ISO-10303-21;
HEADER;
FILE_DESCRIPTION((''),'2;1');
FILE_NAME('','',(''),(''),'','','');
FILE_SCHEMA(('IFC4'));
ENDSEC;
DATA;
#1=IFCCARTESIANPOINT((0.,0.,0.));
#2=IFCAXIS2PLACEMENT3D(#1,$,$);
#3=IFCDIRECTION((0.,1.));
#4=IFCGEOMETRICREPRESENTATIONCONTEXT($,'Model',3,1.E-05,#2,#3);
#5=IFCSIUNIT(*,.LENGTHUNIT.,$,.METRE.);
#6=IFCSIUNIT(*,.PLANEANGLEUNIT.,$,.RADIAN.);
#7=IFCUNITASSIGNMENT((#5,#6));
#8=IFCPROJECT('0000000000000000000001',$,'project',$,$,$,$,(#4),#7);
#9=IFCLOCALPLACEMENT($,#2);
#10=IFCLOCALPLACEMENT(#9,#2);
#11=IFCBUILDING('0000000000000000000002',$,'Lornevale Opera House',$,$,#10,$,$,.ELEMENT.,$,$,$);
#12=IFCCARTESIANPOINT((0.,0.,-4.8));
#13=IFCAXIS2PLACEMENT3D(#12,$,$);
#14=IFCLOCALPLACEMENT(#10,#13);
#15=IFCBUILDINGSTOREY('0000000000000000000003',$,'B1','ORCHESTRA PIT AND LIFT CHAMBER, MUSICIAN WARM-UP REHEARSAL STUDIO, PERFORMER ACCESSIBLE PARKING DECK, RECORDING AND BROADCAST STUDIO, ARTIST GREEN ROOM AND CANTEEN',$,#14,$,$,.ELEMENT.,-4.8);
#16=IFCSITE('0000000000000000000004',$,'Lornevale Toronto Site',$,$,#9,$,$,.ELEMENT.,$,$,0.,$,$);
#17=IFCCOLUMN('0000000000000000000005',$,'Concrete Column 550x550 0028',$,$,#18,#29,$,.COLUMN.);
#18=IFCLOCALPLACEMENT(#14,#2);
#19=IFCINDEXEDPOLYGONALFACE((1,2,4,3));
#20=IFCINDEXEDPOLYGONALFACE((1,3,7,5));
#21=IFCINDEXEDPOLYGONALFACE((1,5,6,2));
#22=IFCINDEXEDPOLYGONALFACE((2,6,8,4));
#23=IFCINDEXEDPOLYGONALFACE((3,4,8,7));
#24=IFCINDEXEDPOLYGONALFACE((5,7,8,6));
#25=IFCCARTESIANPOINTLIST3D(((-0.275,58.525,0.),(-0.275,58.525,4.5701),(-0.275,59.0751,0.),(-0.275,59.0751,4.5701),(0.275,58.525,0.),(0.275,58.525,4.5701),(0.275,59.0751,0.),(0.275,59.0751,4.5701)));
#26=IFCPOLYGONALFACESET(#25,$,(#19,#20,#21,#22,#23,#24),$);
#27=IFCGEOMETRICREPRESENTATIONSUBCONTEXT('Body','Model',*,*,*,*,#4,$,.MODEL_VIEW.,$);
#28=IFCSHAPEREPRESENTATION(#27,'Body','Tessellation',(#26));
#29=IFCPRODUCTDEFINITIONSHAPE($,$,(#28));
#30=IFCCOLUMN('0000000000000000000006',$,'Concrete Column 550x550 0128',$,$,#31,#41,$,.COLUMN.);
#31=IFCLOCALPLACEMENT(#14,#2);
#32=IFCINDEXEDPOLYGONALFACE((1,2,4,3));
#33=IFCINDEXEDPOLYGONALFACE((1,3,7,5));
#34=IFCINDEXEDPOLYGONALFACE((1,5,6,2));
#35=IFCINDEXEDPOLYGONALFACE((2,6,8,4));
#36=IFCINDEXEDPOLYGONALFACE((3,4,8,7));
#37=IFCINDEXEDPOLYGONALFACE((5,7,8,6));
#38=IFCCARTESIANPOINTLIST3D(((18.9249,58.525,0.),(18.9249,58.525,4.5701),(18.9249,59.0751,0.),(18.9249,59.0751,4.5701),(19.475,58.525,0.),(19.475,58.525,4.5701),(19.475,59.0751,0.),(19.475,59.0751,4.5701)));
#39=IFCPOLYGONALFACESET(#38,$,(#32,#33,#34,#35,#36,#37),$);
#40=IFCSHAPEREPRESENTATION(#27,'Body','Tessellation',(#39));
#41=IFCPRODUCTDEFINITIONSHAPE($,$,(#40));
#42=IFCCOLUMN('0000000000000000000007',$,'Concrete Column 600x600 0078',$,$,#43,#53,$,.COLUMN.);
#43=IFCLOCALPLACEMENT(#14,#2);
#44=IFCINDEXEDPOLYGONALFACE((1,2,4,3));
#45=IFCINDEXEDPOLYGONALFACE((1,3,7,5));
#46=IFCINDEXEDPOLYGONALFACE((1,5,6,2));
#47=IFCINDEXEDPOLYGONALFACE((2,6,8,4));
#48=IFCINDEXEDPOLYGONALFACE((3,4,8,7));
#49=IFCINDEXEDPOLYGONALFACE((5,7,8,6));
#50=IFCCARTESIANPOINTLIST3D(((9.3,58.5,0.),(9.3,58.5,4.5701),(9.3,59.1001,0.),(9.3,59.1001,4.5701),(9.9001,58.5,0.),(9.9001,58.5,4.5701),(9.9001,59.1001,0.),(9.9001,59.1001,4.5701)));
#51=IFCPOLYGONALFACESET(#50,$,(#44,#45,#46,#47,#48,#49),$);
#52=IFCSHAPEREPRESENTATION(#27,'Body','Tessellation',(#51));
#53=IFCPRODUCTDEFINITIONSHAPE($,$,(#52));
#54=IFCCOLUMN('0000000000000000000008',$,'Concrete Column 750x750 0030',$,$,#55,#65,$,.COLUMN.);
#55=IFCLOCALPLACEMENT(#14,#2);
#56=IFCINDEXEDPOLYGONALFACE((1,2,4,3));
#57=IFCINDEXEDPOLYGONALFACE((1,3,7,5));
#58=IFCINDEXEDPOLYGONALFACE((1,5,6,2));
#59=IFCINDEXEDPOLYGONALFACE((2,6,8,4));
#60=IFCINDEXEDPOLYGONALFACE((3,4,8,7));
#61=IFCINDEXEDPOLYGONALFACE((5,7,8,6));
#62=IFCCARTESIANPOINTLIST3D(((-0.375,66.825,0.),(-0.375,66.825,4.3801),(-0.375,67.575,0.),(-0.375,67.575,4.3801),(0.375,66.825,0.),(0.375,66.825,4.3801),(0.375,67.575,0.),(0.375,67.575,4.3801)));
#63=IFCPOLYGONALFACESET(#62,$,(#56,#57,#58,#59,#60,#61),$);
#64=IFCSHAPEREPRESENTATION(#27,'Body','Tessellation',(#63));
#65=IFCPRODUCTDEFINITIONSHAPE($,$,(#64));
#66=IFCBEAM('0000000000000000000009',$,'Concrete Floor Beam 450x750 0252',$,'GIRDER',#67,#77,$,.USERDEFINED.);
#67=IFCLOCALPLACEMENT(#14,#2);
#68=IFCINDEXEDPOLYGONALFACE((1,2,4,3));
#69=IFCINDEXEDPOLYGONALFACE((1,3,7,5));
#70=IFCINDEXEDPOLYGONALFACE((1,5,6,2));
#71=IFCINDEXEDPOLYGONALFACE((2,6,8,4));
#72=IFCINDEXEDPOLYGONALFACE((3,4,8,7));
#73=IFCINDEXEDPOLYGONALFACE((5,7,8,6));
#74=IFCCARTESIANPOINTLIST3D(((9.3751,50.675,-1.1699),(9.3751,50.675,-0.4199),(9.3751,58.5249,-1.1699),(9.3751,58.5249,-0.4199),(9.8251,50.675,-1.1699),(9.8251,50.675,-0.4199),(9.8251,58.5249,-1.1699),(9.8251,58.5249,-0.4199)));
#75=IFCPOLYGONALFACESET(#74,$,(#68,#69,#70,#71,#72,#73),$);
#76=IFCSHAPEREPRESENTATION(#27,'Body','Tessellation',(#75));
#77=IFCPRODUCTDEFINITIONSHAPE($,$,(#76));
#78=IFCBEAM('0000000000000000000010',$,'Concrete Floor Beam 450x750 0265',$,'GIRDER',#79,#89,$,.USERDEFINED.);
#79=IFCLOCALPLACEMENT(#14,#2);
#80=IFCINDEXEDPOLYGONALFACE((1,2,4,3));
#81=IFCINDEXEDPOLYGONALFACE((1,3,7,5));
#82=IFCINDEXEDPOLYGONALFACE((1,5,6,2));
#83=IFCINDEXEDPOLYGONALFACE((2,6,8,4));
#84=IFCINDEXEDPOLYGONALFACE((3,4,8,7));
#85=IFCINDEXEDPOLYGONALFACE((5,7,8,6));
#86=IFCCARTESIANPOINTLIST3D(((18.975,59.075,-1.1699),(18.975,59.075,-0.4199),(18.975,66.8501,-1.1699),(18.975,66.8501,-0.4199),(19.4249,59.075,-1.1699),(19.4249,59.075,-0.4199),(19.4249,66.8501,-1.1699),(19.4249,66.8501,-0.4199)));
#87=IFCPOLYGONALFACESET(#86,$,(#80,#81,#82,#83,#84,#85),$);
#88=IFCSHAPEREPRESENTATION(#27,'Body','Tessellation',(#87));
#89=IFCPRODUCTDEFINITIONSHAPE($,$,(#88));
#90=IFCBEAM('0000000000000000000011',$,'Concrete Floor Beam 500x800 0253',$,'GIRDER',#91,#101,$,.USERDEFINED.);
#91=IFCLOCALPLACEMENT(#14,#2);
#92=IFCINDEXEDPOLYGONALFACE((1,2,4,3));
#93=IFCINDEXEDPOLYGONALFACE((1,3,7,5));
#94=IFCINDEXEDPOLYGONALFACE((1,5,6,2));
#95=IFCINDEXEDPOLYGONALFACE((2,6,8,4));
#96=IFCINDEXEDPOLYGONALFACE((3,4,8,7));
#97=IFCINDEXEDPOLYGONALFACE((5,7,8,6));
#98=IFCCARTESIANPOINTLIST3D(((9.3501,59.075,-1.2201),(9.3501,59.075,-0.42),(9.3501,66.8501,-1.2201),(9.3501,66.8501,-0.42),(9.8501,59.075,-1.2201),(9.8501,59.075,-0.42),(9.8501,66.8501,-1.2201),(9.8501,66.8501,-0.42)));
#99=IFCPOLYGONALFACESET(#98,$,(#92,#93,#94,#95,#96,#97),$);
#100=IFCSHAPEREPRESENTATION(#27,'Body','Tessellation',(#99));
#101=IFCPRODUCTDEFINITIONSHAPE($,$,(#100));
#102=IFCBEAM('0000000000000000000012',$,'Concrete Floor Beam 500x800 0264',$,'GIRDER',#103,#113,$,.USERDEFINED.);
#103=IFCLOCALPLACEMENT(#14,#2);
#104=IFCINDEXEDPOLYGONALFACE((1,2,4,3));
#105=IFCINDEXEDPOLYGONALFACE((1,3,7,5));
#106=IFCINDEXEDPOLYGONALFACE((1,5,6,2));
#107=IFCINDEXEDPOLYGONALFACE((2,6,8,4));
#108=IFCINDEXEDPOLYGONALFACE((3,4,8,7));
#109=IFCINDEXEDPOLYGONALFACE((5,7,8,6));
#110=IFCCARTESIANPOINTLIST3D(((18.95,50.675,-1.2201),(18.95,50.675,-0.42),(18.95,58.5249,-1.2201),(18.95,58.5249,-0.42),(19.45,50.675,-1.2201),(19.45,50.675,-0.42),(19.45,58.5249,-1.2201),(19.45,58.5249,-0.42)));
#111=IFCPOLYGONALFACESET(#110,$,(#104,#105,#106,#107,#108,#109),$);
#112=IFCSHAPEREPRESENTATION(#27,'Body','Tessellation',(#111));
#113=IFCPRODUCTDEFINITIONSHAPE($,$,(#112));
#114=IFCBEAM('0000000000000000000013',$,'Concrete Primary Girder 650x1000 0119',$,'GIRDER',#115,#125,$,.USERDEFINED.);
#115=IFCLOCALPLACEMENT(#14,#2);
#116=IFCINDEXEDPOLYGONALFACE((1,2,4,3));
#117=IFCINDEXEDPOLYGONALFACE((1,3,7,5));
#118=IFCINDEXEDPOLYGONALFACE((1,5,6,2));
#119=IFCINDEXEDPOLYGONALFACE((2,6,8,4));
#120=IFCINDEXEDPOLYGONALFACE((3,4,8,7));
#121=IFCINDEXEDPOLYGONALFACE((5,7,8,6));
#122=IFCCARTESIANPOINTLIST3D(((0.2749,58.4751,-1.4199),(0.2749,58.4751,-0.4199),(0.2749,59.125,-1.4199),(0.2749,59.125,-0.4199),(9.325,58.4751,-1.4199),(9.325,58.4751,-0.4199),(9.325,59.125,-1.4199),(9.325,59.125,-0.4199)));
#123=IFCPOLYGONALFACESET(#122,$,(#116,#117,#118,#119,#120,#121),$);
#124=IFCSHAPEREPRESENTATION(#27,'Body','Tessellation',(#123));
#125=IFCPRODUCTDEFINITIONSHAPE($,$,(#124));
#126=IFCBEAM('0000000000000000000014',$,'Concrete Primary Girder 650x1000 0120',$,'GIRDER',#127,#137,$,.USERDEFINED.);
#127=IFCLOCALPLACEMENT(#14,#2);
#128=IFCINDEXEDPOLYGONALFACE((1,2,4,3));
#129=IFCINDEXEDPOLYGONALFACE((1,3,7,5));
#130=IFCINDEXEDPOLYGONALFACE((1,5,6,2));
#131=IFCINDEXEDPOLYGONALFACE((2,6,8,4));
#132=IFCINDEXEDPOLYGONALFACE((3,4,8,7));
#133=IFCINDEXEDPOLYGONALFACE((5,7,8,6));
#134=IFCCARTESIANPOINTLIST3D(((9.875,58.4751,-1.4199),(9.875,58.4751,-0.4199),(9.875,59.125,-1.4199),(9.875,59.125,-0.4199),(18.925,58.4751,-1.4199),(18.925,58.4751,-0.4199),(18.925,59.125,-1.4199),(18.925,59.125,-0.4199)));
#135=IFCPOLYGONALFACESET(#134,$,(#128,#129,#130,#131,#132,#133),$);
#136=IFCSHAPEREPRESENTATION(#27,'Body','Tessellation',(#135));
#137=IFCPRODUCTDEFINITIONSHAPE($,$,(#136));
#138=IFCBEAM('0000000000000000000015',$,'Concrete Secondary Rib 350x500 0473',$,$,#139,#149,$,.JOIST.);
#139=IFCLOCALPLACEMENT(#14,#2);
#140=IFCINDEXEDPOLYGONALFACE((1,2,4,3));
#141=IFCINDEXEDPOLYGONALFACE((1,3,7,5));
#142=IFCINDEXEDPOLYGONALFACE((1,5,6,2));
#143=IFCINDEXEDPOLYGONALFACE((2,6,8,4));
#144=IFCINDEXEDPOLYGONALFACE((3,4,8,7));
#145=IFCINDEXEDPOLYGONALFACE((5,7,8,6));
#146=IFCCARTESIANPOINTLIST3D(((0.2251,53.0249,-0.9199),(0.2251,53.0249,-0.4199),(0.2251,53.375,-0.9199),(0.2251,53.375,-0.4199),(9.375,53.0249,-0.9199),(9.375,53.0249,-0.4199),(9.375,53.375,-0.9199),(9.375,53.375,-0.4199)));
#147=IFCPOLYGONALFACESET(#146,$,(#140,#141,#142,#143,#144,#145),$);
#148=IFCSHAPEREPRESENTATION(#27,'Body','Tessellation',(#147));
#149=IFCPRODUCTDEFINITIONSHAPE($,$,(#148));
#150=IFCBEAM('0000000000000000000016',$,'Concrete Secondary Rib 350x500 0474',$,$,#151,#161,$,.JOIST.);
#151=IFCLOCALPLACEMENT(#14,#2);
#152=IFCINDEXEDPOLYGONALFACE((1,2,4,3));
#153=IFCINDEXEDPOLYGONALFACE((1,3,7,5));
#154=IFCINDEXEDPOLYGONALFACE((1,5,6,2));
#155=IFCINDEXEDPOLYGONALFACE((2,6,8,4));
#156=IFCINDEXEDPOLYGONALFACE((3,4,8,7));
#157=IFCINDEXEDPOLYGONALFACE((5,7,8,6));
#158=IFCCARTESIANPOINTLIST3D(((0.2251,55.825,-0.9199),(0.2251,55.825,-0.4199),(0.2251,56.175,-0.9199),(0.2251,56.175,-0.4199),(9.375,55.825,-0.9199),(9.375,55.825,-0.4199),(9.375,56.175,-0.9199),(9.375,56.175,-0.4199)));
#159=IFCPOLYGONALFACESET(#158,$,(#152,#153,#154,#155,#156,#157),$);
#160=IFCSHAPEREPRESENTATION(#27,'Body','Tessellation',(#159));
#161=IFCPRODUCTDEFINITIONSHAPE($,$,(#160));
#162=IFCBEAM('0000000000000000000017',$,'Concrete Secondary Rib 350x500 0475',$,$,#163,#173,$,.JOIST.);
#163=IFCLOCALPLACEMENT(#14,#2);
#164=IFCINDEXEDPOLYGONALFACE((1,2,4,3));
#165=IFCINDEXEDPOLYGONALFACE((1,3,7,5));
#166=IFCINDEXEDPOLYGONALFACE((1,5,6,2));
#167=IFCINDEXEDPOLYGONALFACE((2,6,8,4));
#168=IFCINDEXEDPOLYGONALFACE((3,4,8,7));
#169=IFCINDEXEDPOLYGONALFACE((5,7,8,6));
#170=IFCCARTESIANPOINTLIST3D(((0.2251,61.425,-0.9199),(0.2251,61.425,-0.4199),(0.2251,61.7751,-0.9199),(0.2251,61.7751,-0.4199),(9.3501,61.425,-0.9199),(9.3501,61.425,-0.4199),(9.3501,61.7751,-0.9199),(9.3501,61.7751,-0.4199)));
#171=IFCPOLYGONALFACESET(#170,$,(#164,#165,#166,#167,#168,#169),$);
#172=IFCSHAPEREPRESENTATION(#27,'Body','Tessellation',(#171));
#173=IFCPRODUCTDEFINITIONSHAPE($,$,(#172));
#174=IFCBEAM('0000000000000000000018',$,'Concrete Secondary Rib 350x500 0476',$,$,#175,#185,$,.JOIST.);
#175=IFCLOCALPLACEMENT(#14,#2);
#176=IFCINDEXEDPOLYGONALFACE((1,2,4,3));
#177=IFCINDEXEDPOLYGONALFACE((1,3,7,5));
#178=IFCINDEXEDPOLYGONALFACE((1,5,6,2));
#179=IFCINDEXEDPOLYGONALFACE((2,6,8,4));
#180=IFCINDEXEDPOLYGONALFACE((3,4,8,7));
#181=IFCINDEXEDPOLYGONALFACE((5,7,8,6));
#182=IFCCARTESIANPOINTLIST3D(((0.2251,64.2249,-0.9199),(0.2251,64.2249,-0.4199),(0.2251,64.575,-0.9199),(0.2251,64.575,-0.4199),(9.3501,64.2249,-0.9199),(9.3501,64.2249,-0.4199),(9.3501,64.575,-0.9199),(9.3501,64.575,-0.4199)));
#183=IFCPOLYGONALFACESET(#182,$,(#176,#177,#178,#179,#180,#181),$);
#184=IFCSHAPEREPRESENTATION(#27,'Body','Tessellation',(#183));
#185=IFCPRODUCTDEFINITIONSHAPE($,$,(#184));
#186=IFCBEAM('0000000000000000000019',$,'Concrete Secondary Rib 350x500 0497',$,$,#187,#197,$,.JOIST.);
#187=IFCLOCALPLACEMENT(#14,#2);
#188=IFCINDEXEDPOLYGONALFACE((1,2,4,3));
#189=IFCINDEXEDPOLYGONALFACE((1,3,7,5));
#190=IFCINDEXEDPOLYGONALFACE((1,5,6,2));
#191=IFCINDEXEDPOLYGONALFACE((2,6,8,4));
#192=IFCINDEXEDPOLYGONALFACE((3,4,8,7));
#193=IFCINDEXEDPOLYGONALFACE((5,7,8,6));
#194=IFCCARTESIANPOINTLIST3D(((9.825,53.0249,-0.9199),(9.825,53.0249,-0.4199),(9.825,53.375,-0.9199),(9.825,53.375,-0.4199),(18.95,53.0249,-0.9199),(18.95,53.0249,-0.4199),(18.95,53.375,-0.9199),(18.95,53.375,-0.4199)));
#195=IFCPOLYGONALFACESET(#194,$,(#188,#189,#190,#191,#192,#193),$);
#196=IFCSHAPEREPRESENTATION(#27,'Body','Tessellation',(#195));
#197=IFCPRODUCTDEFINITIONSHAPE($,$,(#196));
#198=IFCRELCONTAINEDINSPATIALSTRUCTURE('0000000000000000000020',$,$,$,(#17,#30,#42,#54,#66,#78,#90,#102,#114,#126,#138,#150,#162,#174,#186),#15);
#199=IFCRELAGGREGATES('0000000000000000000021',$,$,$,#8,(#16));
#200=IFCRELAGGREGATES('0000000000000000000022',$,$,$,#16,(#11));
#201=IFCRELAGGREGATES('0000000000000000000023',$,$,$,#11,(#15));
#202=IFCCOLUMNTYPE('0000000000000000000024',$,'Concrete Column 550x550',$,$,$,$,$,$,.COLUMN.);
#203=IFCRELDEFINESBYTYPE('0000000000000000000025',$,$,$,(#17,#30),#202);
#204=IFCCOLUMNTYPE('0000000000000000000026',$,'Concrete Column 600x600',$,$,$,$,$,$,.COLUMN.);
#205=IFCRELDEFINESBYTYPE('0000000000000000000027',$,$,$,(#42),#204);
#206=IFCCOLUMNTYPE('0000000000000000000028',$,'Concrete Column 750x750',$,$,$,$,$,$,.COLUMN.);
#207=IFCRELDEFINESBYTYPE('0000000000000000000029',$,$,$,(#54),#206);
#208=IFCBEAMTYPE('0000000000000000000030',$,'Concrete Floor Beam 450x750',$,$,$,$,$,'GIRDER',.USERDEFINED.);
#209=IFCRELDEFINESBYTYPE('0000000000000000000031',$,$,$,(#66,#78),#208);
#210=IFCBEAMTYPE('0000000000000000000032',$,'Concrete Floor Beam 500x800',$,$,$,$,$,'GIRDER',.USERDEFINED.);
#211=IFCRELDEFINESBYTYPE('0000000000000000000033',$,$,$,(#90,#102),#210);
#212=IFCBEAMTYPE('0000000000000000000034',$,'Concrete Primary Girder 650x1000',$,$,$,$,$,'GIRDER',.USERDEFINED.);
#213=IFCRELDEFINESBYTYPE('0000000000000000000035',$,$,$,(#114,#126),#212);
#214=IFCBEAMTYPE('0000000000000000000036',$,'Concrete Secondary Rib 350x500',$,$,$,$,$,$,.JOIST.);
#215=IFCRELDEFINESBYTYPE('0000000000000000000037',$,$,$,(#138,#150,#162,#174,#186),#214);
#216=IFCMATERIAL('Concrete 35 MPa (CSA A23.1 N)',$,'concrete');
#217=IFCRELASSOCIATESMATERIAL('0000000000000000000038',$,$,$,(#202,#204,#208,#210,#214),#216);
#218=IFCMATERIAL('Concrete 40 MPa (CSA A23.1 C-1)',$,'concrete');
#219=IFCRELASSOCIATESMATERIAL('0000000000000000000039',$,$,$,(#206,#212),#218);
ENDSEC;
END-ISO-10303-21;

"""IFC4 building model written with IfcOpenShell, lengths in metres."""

from ifc_helpers import new_model, si_unit, direction, frame, origin, origin_2d, place, context, subcontext, project, spatial, rectangle, extrude, material, material_profile, profile_set, type_object, element, save


model = new_model("IFC4")

# Units and contexts
model_context = context("Model", 3, precision=1e-05, world=origin(), true_north=direction((0.0, 1.0)))
body_context = subcontext(model_context, "Body", "Model", "MODEL_VIEW")
ifc_project = project(units=[si_unit("LENGTHUNIT", "METRE"), si_unit("PLANEANGLEUNIT", "RADIAN")], contexts=[model_context])

# Site, building, storey
site_placement = place(None, origin())
site = spatial("IfcSite", under=ifc_project, at=site_placement, Name="Lornevale Toronto Site", CompositionType="ELEMENT", RefElevation=0.0)
building_placement = place(site_placement, origin())
building = spatial("IfcBuilding", under=site, at=building_placement, Name="Lornevale Opera House", CompositionType="ELEMENT")
storey_placement = place(building_placement, frame((0.0, 0.0, -4.8)))
storey = spatial("IfcBuildingStorey", under=building, at=storey_placement, Name="B1", Description="ORCHESTRA PIT AND LIFT CHAMBER, MUSICIAN WARM-UP REHEARSAL STUDIO, PERFORMER ACCESSIBLE PARKING DECK, RECORDING AND BROADCAST STUDIO, ARTIST GREEN ROOM AND CANTEEN", CompositionType="ELEMENT", Elevation=-4.8)

# Columns
ifc_material_1 = material(Name="Concrete 35 MPa (CSA A23.1 N)", Category="concrete")
ifc_material_profile_1 = material_profile(ifc_material_1, rectangle(XDim=0.55, YDim=0.55, at=origin_2d()), Name="RC550x550")
ifc_profile_set_1 = profile_set([ifc_material_profile_1], Name="Concrete 35 MPa (CSA A23.1 N)")
column_type_1 = type_object("IfcColumnType", Name="Concrete Column 550x550", PredefinedType="COLUMN", material=ifc_profile_set_1)
for number, where, z_axis, x_axis, name in (
    (1, (0.0, 58.8, 0.0), (0.0, 0.0, 1.0), (1.0, 0.0, 0.0), "Concrete Column 550x550 0028"),
    (2, (19.2, 58.8, 0.0), (0.0, 0.0, 1.0), (1.0, 0.0, 0.0), "Concrete Column 550x550 0128"),
):
    element("IfcColumn", number, at=place(storey_placement, frame(where, z_axis=z_axis, x_axis=x_axis)), inside=storey, type_object=column_type_1, Name=name, PredefinedType="COLUMN", context=body_context, shape_type="SweptSolid", body=[
        extrude(rectangle(XDim=0.55, YDim=0.55, at=origin_2d()), origin(), (0.0, 0.0, 1.0), 4.5701),
    ])
ifc_material_profile_2 = material_profile(ifc_material_1, rectangle(XDim=0.6001, YDim=0.6001, at=origin_2d()), Name="RC600x600")
ifc_profile_set_2 = profile_set([ifc_material_profile_2], Name="Concrete 35 MPa (CSA A23.1 N)")
column_type_2 = type_object("IfcColumnType", Name="Concrete Column 600x600", PredefinedType="COLUMN", material=ifc_profile_set_2)
column_1_placement = place(storey_placement, frame((9.6001, 58.8, 0.0), z_axis=(0.0, 0.0, 1.0), x_axis=(1.0, 0.0, 0.0)))
element("IfcColumn", 3, at=column_1_placement, inside=storey, type_object=column_type_2, Name="Concrete Column 600x600 0078", PredefinedType="COLUMN", context=body_context, shape_type="SweptSolid", body=[
    extrude(rectangle(XDim=0.6001, YDim=0.6001, at=origin_2d()), origin(), (0.0, 0.0, 1.0), 4.5701),
])
ifc_material_2 = material(Name="Concrete 40 MPa (CSA A23.1 C-1)", Category="concrete")
ifc_material_profile_3 = material_profile(ifc_material_2, rectangle(XDim=0.75, YDim=0.75, at=origin_2d()), Name="RC750x750")
ifc_profile_set_3 = profile_set([ifc_material_profile_3], Name="Concrete 40 MPa (CSA A23.1 C-1)")
column_type_3 = type_object("IfcColumnType", Name="Concrete Column 750x750", PredefinedType="COLUMN", material=ifc_profile_set_3)
column_2_placement = place(storey_placement, frame((0.0, 67.2, 0.0), z_axis=(0.0, 0.0, 1.0), x_axis=(1.0, 0.0, 0.0)))
element("IfcColumn", 4, at=column_2_placement, inside=storey, type_object=column_type_3, Name="Concrete Column 750x750 0030", PredefinedType="COLUMN", context=body_context, shape_type="SweptSolid", body=[
    extrude(rectangle(XDim=0.75, YDim=0.75, at=origin_2d()), origin(), (0.0, 0.0, 1.0), 4.3801),
])

# Beams
ifc_material_profile_4 = material_profile(ifc_material_1, rectangle(XDim=0.45, YDim=0.75, at=origin_2d()), Name="RC450x750")
ifc_profile_set_4 = profile_set([ifc_material_profile_4], Name="Concrete 35 MPa (CSA A23.1 N)")
beam_type_1 = type_object("IfcBeamType", Name="Concrete Floor Beam 450x750", ElementType="GIRDER", PredefinedType="USERDEFINED", material=ifc_profile_set_4)
beam_1_placement = place(storey_placement, frame((9.6001, 50.675, -0.7949), z_axis=(0.0, 1.0, 0.0), x_axis=(-1.0, 0.0, 0.0)))
element("IfcBeam", 5, at=beam_1_placement, inside=storey, type_object=beam_type_1, Name="Concrete Floor Beam 450x750 0252", ObjectType="GIRDER", PredefinedType="USERDEFINED", context=body_context, shape_type="SweptSolid", body=[
    extrude(rectangle(XDim=0.45, YDim=0.75, at=origin_2d()), origin(), (0.0, 0.0, 1.0), 7.8499),
])
beam_2_placement = place(storey_placement, frame((19.2, 59.075, -0.7949), z_axis=(0.0, 1.0, 0.0), x_axis=(-1.0, 0.0, 0.0)))
element("IfcBeam", 6, at=beam_2_placement, inside=storey, type_object=beam_type_1, Name="Concrete Floor Beam 450x750 0265", ObjectType="GIRDER", PredefinedType="USERDEFINED", context=body_context, shape_type="SweptSolid", body=[
    extrude(rectangle(XDim=0.45, YDim=0.75, at=origin_2d()), origin(), (0.0, 0.0, 1.0), 7.7751),
])
ifc_material_profile_5 = material_profile(ifc_material_1, rectangle(XDim=0.5, YDim=0.8, at=origin_2d()), Name="RC500x800")
ifc_profile_set_5 = profile_set([ifc_material_profile_5], Name="Concrete 35 MPa (CSA A23.1 N)")
beam_type_2 = type_object("IfcBeamType", Name="Concrete Floor Beam 500x800", ElementType="GIRDER", PredefinedType="USERDEFINED", material=ifc_profile_set_5)
beam_3_placement = place(storey_placement, frame((9.6001, 59.075, -0.8201), z_axis=(0.0, 1.0, 0.0), x_axis=(-1.0, 0.0, 0.0)))
element("IfcBeam", 7, at=beam_3_placement, inside=storey, type_object=beam_type_2, Name="Concrete Floor Beam 500x800 0253", ObjectType="GIRDER", PredefinedType="USERDEFINED", context=body_context, shape_type="SweptSolid", body=[
    extrude(rectangle(XDim=0.5, YDim=0.8, at=origin_2d()), origin(), (0.0, 0.0, 1.0), 7.7751),
])
beam_4_placement = place(storey_placement, frame((19.2, 50.675, -0.8201), z_axis=(0.0, 1.0, 0.0), x_axis=(-1.0, 0.0, 0.0)))
element("IfcBeam", 8, at=beam_4_placement, inside=storey, type_object=beam_type_2, Name="Concrete Floor Beam 500x800 0264", ObjectType="GIRDER", PredefinedType="USERDEFINED", context=body_context, shape_type="SweptSolid", body=[
    extrude(rectangle(XDim=0.5, YDim=0.8, at=origin_2d()), origin(), (0.0, 0.0, 1.0), 7.8499),
])
ifc_material_profile_6 = material_profile(ifc_material_2, rectangle(XDim=0.6499, YDim=1.0, at=origin_2d()), Name="RC650x1000")
ifc_profile_set_6 = profile_set([ifc_material_profile_6], Name="Concrete 40 MPa (CSA A23.1 C-1)")
beam_type_3 = type_object("IfcBeamType", Name="Concrete Primary Girder 650x1000", ElementType="GIRDER", PredefinedType="USERDEFINED", material=ifc_profile_set_6)
for number, where, z_axis, x_axis, name in (
    (9, (0.2749, 58.8, -0.9199), (1.0, 0.0, 0.0), (0.0, 1.0, 0.0), "Concrete Primary Girder 650x1000 0119"),
    (10, (9.875, 58.8, -0.9199), (1.0, 0.0, 0.0), (0.0, 1.0, 0.0), "Concrete Primary Girder 650x1000 0120"),
):
    element("IfcBeam", number, at=place(storey_placement, frame(where, z_axis=z_axis, x_axis=x_axis)), inside=storey, type_object=beam_type_3, Name=name, ObjectType="GIRDER", PredefinedType="USERDEFINED", context=body_context, shape_type="SweptSolid", body=[
        extrude(rectangle(XDim=0.6499, YDim=1.0, at=origin_2d()), origin(), (0.0, 0.0, 1.0), 9.05),
    ])
ifc_material_profile_7 = material_profile(ifc_material_1, rectangle(XDim=0.3501, YDim=0.5, at=origin_2d()), Name="RC350x500")
ifc_profile_set_7 = profile_set([ifc_material_profile_7], Name="Concrete 35 MPa (CSA A23.1 N)")
beam_type_4 = type_object("IfcBeamType", Name="Concrete Secondary Rib 350x500", PredefinedType="JOIST", material=ifc_profile_set_7)
for number, where, z_axis, x_axis, name in (
    (11, (0.2251, 53.2, -0.6699), (1.0, 0.0, 0.0), (0.0, 1.0, 0.0), "Concrete Secondary Rib 350x500 0473"),
    (12, (0.2251, 56.0, -0.6699), (1.0, 0.0, 0.0), (0.0, 1.0, 0.0), "Concrete Secondary Rib 350x500 0474"),
):
    element("IfcBeam", number, at=place(storey_placement, frame(where, z_axis=z_axis, x_axis=x_axis)), inside=storey, type_object=beam_type_4, Name=name, PredefinedType="JOIST", context=body_context, shape_type="SweptSolid", body=[
        extrude(rectangle(XDim=0.3501, YDim=0.5, at=origin_2d()), origin(), (0.0, 0.0, 1.0), 9.1499),
    ])
for number, where, z_axis, x_axis, name in (
    (13, (0.2251, 61.6001, -0.6699), (1.0, 0.0, 0.0), (0.0, 1.0, 0.0), "Concrete Secondary Rib 350x500 0475"),
    (14, (0.2251, 64.3999, -0.6699), (1.0, 0.0, 0.0), (0.0, 1.0, 0.0), "Concrete Secondary Rib 350x500 0476"),
    (15, (9.825, 53.2, -0.6699), (1.0, 0.0, 0.0), (0.0, 1.0, 0.0), "Concrete Secondary Rib 350x500 0497"),
):
    element("IfcBeam", number, at=place(storey_placement, frame(where, z_axis=z_axis, x_axis=x_axis)), inside=storey, type_object=beam_type_4, Name=name, PredefinedType="JOIST", context=body_context, shape_type="SweptSolid", body=[
        extrude(rectangle(XDim=0.3501, YDim=0.5, at=origin_2d()), origin(), (0.0, 0.0, 1.0), 9.125),
    ])

save(model, "model.ifc")
